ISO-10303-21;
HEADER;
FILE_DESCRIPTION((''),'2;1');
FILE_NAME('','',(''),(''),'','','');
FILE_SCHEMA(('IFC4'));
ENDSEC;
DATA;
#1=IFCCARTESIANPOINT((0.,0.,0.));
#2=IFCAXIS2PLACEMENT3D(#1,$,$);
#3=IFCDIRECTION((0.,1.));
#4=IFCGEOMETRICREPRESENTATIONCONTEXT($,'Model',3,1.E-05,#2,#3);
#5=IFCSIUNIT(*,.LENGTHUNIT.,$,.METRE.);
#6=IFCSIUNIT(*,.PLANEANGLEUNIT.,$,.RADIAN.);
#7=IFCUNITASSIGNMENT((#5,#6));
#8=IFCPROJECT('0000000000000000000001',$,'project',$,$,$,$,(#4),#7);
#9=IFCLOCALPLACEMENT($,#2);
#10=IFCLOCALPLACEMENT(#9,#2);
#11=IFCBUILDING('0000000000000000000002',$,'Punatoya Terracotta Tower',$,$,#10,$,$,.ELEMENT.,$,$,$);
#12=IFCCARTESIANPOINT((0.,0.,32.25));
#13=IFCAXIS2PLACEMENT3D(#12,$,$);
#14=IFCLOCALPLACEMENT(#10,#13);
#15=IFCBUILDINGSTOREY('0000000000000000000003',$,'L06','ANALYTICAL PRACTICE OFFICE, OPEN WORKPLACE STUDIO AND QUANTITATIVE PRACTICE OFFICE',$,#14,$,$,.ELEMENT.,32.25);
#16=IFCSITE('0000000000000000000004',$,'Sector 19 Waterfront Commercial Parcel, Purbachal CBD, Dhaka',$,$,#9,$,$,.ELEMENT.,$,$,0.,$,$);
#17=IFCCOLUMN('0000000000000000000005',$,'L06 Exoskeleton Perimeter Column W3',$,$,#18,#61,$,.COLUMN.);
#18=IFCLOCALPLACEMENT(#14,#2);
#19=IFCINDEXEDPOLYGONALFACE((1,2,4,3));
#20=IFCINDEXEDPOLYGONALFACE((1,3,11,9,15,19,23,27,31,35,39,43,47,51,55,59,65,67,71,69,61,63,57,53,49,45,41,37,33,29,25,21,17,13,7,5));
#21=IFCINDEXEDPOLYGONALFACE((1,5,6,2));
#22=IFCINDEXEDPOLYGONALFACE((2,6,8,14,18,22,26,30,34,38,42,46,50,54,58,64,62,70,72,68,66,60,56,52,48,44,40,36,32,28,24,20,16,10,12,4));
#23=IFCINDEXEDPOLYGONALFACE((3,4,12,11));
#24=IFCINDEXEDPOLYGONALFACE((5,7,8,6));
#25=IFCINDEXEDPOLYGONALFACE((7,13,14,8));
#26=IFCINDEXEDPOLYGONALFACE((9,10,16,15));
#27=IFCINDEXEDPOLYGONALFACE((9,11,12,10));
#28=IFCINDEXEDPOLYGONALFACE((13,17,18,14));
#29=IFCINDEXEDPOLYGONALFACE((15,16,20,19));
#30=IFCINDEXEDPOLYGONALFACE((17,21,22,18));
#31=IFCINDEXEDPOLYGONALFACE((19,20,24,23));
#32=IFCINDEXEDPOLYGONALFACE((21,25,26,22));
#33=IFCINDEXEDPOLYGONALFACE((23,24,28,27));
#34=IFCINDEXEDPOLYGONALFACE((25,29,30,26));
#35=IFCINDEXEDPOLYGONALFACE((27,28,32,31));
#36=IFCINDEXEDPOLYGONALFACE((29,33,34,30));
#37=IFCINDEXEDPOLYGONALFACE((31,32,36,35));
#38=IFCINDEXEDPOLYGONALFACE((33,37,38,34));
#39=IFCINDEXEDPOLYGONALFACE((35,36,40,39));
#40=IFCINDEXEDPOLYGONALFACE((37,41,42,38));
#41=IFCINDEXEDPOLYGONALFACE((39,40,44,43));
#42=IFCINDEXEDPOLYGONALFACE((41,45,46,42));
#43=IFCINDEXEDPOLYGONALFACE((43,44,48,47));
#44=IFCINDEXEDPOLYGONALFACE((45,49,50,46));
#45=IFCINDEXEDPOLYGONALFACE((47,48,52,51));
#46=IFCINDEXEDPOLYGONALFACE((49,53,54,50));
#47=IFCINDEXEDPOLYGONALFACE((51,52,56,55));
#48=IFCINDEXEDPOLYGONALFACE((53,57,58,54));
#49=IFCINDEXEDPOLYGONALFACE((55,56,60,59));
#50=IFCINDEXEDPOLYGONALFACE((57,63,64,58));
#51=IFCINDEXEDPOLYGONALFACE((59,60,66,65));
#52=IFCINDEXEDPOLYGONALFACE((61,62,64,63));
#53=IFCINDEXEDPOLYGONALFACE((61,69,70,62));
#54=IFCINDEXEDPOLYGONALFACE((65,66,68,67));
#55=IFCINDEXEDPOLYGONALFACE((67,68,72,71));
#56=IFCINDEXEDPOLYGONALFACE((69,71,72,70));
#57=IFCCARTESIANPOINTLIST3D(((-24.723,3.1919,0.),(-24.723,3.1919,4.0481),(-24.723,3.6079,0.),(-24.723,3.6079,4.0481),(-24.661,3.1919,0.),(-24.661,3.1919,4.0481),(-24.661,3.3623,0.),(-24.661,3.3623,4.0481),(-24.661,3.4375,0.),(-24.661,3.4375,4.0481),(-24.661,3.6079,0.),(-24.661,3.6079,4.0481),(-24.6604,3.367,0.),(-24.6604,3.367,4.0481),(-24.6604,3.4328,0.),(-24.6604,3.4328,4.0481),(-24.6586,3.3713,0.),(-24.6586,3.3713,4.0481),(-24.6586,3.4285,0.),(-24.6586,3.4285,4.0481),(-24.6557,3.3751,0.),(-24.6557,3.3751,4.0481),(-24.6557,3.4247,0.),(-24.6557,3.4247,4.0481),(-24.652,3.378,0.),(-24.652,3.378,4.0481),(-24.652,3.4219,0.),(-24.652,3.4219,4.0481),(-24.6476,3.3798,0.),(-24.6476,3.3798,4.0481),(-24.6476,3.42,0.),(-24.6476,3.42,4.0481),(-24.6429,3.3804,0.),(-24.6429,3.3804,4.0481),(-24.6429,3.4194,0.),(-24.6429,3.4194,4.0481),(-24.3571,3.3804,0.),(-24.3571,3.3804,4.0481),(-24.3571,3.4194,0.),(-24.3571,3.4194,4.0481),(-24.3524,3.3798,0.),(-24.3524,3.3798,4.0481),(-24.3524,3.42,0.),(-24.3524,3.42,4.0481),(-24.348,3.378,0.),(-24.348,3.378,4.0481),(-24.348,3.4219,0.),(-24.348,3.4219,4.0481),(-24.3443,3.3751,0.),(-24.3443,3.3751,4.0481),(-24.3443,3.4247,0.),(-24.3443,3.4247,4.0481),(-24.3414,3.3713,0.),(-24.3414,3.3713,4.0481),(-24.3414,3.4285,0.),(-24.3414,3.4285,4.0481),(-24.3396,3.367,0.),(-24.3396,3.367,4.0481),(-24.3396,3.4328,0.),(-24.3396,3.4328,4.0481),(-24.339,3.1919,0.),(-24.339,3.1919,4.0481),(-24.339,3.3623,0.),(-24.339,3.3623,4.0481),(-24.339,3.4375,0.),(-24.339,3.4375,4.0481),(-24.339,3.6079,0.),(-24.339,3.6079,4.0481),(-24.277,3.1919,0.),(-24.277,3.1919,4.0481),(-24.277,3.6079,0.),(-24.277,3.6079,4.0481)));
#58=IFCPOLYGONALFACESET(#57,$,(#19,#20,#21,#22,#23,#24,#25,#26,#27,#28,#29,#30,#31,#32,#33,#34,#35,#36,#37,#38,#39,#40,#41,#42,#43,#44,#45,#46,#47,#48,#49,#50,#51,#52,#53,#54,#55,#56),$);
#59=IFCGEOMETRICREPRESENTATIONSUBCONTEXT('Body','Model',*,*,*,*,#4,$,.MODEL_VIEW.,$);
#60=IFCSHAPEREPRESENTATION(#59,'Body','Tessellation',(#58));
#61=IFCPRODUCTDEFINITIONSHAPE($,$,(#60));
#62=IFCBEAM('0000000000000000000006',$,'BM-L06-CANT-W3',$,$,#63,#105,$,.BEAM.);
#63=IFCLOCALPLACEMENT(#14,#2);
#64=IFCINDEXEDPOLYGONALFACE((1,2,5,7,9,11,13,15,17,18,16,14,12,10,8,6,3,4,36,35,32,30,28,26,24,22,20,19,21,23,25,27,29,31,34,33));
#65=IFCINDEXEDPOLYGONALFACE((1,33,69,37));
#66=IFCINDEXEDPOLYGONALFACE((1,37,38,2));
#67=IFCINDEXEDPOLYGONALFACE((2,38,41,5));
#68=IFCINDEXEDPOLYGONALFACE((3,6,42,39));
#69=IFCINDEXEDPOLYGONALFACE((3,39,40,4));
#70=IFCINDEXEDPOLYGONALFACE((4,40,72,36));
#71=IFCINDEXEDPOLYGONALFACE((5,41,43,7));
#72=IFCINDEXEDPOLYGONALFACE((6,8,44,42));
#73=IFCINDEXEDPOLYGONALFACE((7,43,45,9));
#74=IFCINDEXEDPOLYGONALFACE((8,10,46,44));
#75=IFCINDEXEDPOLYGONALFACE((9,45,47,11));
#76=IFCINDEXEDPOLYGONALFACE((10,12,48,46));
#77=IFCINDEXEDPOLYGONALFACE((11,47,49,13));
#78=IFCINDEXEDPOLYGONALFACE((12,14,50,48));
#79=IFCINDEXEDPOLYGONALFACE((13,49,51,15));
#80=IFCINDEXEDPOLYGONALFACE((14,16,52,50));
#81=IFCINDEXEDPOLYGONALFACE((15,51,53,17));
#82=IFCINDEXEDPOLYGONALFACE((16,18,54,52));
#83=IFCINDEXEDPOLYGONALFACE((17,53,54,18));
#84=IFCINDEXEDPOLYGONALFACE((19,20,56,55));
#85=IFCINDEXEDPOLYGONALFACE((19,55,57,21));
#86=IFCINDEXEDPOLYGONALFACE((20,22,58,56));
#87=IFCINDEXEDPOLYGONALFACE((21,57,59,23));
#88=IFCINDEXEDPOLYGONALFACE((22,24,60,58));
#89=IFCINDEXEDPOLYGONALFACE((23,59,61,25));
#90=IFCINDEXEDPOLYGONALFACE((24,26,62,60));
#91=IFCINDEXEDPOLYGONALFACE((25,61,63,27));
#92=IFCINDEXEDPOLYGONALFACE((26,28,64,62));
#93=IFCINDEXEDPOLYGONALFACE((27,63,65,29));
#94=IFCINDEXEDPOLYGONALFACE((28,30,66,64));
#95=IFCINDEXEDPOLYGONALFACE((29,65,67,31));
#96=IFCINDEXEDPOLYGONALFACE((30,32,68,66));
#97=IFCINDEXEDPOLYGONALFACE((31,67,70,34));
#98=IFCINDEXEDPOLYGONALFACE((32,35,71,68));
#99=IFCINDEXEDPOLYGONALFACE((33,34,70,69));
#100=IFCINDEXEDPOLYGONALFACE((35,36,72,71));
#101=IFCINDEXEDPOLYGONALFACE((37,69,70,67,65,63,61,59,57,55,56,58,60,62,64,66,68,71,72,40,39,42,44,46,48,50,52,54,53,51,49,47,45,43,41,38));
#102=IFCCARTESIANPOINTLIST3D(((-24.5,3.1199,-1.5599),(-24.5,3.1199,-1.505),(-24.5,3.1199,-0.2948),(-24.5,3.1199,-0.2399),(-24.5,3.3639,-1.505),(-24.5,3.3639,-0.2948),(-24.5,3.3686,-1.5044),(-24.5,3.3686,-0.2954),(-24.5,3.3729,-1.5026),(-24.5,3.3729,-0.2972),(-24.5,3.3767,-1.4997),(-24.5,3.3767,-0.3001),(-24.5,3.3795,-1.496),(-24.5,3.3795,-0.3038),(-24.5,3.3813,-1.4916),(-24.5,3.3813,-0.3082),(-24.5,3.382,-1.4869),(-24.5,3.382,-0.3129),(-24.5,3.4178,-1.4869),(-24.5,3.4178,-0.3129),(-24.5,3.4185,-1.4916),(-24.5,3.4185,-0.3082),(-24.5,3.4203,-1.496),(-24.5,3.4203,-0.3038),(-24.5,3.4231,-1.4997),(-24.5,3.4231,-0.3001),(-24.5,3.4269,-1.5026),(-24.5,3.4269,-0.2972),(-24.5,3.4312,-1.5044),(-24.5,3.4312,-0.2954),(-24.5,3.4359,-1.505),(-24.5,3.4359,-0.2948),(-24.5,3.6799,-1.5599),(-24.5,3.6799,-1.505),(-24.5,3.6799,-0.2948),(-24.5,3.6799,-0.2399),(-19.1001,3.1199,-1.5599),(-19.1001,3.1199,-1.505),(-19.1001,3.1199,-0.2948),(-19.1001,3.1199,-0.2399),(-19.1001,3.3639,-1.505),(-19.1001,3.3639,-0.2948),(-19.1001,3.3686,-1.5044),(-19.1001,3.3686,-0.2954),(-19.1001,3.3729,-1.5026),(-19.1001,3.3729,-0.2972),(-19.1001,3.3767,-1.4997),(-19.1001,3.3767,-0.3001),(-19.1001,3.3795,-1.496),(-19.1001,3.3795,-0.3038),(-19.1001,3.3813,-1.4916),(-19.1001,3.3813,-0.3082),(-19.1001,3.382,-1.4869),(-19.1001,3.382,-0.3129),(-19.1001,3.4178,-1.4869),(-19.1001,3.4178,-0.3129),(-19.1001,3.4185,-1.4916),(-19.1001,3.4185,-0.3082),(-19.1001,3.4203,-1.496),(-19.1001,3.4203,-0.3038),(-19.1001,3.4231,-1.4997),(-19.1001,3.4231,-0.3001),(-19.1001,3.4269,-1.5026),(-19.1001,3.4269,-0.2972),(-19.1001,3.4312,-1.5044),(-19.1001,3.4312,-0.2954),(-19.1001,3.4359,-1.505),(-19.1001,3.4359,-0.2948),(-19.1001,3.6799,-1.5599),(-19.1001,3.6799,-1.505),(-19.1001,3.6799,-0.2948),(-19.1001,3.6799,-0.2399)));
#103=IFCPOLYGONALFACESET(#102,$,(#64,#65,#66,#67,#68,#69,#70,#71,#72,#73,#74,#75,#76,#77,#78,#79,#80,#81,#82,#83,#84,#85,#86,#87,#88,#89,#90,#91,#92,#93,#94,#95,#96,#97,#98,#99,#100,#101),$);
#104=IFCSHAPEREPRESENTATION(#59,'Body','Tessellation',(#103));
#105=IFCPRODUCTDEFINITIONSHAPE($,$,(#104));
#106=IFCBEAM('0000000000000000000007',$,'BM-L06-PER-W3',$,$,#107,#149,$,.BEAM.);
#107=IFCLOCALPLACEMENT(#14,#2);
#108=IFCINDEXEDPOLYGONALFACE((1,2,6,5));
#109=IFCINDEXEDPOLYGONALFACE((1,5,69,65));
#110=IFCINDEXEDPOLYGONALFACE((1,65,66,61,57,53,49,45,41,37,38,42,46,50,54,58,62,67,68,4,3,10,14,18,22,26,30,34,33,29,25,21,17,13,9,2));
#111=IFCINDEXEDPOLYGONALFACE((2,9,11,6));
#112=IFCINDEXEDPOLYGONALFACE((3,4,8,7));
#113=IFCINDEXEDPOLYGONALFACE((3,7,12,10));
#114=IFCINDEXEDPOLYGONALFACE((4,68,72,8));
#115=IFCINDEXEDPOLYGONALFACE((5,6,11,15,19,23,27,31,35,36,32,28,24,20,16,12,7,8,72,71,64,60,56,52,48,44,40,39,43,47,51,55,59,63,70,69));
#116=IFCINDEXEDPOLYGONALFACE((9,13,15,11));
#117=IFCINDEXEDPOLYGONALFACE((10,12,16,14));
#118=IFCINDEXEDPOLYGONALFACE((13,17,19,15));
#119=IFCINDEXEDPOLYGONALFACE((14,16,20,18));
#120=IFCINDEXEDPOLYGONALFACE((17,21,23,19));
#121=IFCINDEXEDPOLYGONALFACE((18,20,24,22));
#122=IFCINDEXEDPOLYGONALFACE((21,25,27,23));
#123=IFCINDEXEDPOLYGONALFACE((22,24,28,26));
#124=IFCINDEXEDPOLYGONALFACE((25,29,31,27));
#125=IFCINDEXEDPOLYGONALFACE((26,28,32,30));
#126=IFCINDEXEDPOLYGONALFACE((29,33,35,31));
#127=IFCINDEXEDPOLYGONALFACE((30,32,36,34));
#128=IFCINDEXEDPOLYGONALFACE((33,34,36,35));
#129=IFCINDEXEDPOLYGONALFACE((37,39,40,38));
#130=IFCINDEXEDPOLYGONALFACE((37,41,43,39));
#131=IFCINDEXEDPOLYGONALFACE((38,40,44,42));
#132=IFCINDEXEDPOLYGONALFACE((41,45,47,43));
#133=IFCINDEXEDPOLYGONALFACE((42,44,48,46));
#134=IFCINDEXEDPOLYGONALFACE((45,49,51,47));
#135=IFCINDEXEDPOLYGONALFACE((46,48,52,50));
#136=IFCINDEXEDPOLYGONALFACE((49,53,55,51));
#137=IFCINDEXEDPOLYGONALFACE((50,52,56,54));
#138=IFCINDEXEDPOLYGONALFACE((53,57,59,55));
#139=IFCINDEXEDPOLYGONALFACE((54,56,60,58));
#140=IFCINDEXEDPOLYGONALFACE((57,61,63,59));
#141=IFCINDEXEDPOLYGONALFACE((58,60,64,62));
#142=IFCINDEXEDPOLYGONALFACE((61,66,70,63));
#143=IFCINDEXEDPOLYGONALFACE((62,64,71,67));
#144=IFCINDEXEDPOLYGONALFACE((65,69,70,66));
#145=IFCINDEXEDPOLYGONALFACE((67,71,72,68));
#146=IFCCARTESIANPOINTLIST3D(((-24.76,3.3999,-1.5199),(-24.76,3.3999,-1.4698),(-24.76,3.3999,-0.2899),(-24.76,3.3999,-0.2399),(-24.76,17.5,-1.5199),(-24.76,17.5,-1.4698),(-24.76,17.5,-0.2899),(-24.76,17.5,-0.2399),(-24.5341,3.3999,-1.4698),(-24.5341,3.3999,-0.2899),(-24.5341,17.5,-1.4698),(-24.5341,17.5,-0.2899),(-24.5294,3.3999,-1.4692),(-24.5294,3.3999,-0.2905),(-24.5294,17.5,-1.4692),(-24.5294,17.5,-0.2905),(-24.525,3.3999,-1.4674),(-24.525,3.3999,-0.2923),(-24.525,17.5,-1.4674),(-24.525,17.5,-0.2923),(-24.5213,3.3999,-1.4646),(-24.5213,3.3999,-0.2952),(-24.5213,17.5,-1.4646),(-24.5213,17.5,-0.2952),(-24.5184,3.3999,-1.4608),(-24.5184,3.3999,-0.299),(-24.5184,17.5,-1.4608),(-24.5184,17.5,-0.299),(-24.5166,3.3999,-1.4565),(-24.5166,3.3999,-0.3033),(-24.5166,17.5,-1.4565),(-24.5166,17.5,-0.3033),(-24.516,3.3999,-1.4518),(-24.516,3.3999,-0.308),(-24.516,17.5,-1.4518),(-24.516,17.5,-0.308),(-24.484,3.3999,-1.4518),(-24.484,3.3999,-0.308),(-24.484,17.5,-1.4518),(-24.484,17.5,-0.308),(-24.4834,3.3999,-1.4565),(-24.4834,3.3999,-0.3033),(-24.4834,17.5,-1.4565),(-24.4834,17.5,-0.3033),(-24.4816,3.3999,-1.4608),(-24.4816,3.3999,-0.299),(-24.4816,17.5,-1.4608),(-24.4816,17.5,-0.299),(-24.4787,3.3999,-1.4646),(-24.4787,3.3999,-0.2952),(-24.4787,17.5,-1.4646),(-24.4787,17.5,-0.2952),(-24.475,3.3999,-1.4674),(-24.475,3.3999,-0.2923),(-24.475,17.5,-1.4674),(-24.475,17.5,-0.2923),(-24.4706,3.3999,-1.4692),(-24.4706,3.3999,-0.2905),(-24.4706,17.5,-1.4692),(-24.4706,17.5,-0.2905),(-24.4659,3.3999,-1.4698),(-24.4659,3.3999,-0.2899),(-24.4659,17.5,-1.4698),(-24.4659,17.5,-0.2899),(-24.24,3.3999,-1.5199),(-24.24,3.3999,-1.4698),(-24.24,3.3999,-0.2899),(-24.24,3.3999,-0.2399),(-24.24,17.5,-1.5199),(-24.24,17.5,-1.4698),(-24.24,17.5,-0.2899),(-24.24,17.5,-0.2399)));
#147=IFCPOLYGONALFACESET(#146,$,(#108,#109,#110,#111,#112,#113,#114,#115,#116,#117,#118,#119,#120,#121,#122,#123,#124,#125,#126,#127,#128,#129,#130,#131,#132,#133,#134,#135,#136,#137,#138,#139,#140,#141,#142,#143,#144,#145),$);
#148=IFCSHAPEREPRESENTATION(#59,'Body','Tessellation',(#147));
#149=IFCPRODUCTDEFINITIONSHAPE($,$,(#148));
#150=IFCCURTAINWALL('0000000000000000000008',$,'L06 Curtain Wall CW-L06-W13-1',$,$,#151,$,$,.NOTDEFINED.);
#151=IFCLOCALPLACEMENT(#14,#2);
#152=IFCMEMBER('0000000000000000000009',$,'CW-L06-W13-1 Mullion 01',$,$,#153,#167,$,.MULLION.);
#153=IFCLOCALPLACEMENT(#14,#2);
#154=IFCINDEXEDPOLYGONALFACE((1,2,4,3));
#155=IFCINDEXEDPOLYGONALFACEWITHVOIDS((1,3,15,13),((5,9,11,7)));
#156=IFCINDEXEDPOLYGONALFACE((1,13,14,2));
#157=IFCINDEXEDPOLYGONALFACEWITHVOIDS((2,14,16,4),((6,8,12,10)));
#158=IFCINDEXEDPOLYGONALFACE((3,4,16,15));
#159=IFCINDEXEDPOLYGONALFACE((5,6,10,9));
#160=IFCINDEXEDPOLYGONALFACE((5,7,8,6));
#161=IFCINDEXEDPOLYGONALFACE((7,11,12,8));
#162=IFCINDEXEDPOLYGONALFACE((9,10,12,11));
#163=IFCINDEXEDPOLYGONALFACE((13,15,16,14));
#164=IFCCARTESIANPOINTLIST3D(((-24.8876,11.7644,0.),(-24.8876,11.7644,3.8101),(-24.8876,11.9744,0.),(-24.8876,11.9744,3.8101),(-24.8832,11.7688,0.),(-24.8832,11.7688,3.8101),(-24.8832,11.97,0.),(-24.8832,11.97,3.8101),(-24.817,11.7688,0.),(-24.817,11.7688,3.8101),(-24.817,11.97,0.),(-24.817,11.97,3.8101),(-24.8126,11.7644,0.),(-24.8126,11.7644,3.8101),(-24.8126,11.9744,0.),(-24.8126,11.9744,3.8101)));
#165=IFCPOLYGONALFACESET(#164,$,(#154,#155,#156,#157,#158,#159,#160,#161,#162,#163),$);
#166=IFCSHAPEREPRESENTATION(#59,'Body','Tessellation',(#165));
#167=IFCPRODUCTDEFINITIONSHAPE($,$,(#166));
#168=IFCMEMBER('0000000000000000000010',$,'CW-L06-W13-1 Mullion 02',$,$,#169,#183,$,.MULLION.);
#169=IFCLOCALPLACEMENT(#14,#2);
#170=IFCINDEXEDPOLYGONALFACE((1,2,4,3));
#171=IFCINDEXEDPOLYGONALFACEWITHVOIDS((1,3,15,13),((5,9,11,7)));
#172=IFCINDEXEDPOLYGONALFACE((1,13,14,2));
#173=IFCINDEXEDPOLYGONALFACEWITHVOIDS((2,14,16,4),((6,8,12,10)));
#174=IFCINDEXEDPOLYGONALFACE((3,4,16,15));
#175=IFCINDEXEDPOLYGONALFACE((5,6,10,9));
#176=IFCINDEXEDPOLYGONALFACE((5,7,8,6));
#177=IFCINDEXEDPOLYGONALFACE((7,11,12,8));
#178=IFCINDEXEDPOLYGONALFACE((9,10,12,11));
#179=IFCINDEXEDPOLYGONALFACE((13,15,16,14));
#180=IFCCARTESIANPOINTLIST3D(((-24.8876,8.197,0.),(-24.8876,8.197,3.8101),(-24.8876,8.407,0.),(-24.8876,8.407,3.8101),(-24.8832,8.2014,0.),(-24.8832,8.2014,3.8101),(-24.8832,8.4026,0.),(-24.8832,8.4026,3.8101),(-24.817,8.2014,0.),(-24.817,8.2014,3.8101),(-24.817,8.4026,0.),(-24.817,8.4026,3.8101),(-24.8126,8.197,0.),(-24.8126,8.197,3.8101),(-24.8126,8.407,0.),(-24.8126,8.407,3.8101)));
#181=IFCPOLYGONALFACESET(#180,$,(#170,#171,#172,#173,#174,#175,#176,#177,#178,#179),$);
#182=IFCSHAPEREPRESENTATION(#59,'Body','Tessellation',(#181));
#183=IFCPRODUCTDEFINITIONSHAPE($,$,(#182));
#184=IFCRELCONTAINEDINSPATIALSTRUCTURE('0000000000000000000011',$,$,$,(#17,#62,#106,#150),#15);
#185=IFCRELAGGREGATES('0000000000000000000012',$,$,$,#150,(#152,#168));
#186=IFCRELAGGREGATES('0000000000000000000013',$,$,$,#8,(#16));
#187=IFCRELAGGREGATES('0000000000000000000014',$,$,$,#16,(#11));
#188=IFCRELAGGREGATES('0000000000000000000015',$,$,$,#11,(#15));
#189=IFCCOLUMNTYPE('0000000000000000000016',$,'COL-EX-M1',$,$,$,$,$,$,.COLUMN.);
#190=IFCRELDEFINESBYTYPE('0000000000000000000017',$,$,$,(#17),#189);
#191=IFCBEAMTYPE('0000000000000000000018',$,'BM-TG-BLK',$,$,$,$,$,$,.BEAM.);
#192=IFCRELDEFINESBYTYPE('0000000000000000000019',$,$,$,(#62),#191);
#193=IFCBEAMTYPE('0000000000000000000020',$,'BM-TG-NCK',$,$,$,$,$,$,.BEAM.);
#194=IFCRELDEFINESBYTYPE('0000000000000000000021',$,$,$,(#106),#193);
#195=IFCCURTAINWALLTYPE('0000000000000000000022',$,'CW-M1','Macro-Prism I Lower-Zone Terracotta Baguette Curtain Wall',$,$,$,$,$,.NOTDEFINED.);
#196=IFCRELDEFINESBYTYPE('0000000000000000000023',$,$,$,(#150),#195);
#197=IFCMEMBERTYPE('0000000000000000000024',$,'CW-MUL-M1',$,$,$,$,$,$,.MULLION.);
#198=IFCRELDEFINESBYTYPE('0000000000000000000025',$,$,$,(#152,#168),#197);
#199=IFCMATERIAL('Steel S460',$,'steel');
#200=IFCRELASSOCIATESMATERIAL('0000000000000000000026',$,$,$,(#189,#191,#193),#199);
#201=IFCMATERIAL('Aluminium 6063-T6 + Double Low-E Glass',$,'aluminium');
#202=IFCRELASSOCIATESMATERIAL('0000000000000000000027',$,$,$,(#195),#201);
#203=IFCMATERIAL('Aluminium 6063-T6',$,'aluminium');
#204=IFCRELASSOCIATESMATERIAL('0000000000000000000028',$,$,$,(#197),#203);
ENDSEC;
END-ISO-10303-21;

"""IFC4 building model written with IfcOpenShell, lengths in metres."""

from ifc_helpers import new_model, si_unit, direction, frame, origin, origin_2d, place, context, subcontext, project, spatial, hollow_rectangle, i_section, extrude, material, material_profile, profile_set, type_object, element, aggregate, save


model = new_model("IFC4")

# Units and contexts
model_context = context("Model", 3, precision=1e-05, world=origin(), true_north=direction((0.0, 1.0)))
body_context = subcontext(model_context, "Body", "Model", "MODEL_VIEW")
ifc_project = project(units=[si_unit("LENGTHUNIT", "METRE"), si_unit("PLANEANGLEUNIT", "RADIAN")], contexts=[model_context])

# Site, building, storey
site_placement = place(None, origin())
site = spatial("IfcSite", under=ifc_project, at=site_placement, Name="Sector 19 Waterfront Commercial Parcel, Purbachal CBD, Dhaka", CompositionType="ELEMENT", RefElevation=0.0)
building_placement = place(site_placement, origin())
building = spatial("IfcBuilding", under=site, at=building_placement, Name="Punatoya Terracotta Tower", CompositionType="ELEMENT")
storey_placement = place(building_placement, frame((0.0, 0.0, 32.25)))
storey = spatial("IfcBuildingStorey", under=building, at=storey_placement, Name="L06", Description="ANALYTICAL PRACTICE OFFICE, OPEN WORKPLACE STUDIO AND QUANTITATIVE PRACTICE OFFICE", CompositionType="ELEMENT", Elevation=32.25)

# Column
ifc_material_1 = material(Name="Steel S460", Category="steel")
ifc_material_profile_1 = material_profile(ifc_material_1, i_section(OverallWidth=0.416, OverallDepth=0.446, WebThickness=0.0391, FlangeThickness=0.062, FilletRadius=0.0181, at=origin_2d()))
ifc_profile_set_1 = profile_set([ifc_material_profile_1], Name="Steel S460")
column_type = type_object("IfcColumnType", Name="COL-EX-M1", PredefinedType="COLUMN", material=ifc_profile_set_1)
column_placement = place(storey_placement, frame((-24.5, 3.3999, 0.0), z_axis=(0.0, 0.0, 1.0), x_axis=(0.0, 1.0, 0.0)))
element("IfcColumn", 1, at=column_placement, inside=storey, type_object=column_type, Name="L06 Exoskeleton Perimeter Column W3", PredefinedType="COLUMN", context=body_context, shape_type="SweptSolid", body=[
    extrude(i_section(OverallWidth=0.416, OverallDepth=0.446, WebThickness=0.0391, FlangeThickness=0.062, FilletRadius=0.0181, at=origin_2d()), origin(), (0.0, 0.0, 1.0), 4.0481),
])

# Beams
ifc_material_profile_2 = material_profile(ifc_material_1, i_section(OverallWidth=0.5601, OverallDepth=1.3201, WebThickness=0.0359, FlangeThickness=0.0549, FilletRadius=0.0181, at=origin_2d()))
ifc_profile_set_2 = profile_set([ifc_material_profile_2], Name="Steel S460")
beam_type_1 = type_object("IfcBeamType", Name="BM-TG-BLK", PredefinedType="BEAM", material=ifc_profile_set_2)
beam_1_placement = place(storey_placement, frame((-24.5, 3.3999, -0.8999), z_axis=(1.0, 0.0, 0.0), x_axis=(0.0, 1.0, 0.0)))
element("IfcBeam", 2, at=beam_1_placement, inside=storey, type_object=beam_type_1, Name="BM-L06-CANT-W3", PredefinedType="BEAM", context=body_context, shape_type="SweptSolid", body=[
    extrude(i_section(OverallWidth=0.5601, OverallDepth=1.3201, WebThickness=0.0359, FlangeThickness=0.0549, FilletRadius=0.0181, at=origin_2d()), origin(), (0.0, 0.0, 1.0), 5.3999),
])
ifc_material_profile_3 = material_profile(ifc_material_1, i_section(OverallWidth=0.52, OverallDepth=1.28, WebThickness=0.032, FlangeThickness=0.05, FilletRadius=0.0181, at=origin_2d()))
ifc_profile_set_3 = profile_set([ifc_material_profile_3], Name="Steel S460")
beam_type_2 = type_object("IfcBeamType", Name="BM-TG-NCK", PredefinedType="BEAM", material=ifc_profile_set_3)
beam_2_placement = place(storey_placement, frame((-24.5, 3.3999, -0.8799), z_axis=(0.0, 1.0, 0.0), x_axis=(-1.0, 0.0, 0.0)))
element("IfcBeam", 3, at=beam_2_placement, inside=storey, type_object=beam_type_2, Name="BM-L06-PER-W3", PredefinedType="BEAM", context=body_context, shape_type="SweptSolid", body=[
    extrude(i_section(OverallWidth=0.52, OverallDepth=1.28, WebThickness=0.032, FlangeThickness=0.05, FilletRadius=0.0181, at=origin_2d()), origin(), (0.0, 0.0, 1.0), 14.1001),
])

# Curtain wall, members
ifc_material_2 = material(Name="Aluminium 6063-T6 + Double Low-E Glass", Category="aluminium")
curtain_wall_type = type_object("IfcCurtainWallType", Name="CW-M1", Description="Macro-Prism I Lower-Zone Terracotta Baguette Curtain Wall", PredefinedType="NOTDEFINED", material=ifc_material_2)
curtain_wall_placement = place(storey_placement, origin())
curtain_wall = element("IfcCurtainWall", 4, at=curtain_wall_placement, inside=storey, type_object=curtain_wall_type, Name="L06 Curtain Wall CW-L06-W13-1", PredefinedType="NOTDEFINED")
ifc_material_3 = material(Name="Aluminium 6063-T6", Category="aluminium")
ifc_material_profile_4 = material_profile(ifc_material_3, hollow_rectangle(XDim=0.075, YDim=0.21, WallThickness=0.0044, at=origin_2d()))
ifc_profile_set_4 = profile_set([ifc_material_profile_4], Name="Aluminium 6063-T6")
member_type_1 = type_object("IfcMemberType", Name="CW-MUL-M1", PredefinedType="MULLION", material=ifc_profile_set_4)
member_1_placement = place(storey_placement, frame((-24.8501, 11.8694, 0.0), z_axis=(0.0, 0.0, 1.0), x_axis=(1.0, 0.0, 0.0)))
member_1 = element("IfcMember", 5, at=member_1_placement, type_object=member_type_1, Name="CW-L06-W13-1 Mullion 01", PredefinedType="MULLION", context=body_context, shape_type="SweptSolid", body=[
    extrude(hollow_rectangle(XDim=0.075, YDim=0.21, WallThickness=0.0044, at=origin_2d()), origin(), (0.0, 0.0, 1.0), 3.8101),
])
member_2_placement = place(storey_placement, frame((-24.8501, 8.302, 0.0), z_axis=(0.0, 0.0, 1.0), x_axis=(1.0, 0.0, 0.0)))
member_2 = element("IfcMember", 6, at=member_2_placement, type_object=member_type_1, Name="CW-L06-W13-1 Mullion 02", PredefinedType="MULLION", context=body_context, shape_type="SweptSolid", body=[
    extrude(hollow_rectangle(XDim=0.075, YDim=0.21, WallThickness=0.0044, at=origin_2d()), origin(), (0.0, 0.0, 1.0), 3.8101),
])

aggregate(curtain_wall, [member_1, member_2])

save(model, "model.ifc")
